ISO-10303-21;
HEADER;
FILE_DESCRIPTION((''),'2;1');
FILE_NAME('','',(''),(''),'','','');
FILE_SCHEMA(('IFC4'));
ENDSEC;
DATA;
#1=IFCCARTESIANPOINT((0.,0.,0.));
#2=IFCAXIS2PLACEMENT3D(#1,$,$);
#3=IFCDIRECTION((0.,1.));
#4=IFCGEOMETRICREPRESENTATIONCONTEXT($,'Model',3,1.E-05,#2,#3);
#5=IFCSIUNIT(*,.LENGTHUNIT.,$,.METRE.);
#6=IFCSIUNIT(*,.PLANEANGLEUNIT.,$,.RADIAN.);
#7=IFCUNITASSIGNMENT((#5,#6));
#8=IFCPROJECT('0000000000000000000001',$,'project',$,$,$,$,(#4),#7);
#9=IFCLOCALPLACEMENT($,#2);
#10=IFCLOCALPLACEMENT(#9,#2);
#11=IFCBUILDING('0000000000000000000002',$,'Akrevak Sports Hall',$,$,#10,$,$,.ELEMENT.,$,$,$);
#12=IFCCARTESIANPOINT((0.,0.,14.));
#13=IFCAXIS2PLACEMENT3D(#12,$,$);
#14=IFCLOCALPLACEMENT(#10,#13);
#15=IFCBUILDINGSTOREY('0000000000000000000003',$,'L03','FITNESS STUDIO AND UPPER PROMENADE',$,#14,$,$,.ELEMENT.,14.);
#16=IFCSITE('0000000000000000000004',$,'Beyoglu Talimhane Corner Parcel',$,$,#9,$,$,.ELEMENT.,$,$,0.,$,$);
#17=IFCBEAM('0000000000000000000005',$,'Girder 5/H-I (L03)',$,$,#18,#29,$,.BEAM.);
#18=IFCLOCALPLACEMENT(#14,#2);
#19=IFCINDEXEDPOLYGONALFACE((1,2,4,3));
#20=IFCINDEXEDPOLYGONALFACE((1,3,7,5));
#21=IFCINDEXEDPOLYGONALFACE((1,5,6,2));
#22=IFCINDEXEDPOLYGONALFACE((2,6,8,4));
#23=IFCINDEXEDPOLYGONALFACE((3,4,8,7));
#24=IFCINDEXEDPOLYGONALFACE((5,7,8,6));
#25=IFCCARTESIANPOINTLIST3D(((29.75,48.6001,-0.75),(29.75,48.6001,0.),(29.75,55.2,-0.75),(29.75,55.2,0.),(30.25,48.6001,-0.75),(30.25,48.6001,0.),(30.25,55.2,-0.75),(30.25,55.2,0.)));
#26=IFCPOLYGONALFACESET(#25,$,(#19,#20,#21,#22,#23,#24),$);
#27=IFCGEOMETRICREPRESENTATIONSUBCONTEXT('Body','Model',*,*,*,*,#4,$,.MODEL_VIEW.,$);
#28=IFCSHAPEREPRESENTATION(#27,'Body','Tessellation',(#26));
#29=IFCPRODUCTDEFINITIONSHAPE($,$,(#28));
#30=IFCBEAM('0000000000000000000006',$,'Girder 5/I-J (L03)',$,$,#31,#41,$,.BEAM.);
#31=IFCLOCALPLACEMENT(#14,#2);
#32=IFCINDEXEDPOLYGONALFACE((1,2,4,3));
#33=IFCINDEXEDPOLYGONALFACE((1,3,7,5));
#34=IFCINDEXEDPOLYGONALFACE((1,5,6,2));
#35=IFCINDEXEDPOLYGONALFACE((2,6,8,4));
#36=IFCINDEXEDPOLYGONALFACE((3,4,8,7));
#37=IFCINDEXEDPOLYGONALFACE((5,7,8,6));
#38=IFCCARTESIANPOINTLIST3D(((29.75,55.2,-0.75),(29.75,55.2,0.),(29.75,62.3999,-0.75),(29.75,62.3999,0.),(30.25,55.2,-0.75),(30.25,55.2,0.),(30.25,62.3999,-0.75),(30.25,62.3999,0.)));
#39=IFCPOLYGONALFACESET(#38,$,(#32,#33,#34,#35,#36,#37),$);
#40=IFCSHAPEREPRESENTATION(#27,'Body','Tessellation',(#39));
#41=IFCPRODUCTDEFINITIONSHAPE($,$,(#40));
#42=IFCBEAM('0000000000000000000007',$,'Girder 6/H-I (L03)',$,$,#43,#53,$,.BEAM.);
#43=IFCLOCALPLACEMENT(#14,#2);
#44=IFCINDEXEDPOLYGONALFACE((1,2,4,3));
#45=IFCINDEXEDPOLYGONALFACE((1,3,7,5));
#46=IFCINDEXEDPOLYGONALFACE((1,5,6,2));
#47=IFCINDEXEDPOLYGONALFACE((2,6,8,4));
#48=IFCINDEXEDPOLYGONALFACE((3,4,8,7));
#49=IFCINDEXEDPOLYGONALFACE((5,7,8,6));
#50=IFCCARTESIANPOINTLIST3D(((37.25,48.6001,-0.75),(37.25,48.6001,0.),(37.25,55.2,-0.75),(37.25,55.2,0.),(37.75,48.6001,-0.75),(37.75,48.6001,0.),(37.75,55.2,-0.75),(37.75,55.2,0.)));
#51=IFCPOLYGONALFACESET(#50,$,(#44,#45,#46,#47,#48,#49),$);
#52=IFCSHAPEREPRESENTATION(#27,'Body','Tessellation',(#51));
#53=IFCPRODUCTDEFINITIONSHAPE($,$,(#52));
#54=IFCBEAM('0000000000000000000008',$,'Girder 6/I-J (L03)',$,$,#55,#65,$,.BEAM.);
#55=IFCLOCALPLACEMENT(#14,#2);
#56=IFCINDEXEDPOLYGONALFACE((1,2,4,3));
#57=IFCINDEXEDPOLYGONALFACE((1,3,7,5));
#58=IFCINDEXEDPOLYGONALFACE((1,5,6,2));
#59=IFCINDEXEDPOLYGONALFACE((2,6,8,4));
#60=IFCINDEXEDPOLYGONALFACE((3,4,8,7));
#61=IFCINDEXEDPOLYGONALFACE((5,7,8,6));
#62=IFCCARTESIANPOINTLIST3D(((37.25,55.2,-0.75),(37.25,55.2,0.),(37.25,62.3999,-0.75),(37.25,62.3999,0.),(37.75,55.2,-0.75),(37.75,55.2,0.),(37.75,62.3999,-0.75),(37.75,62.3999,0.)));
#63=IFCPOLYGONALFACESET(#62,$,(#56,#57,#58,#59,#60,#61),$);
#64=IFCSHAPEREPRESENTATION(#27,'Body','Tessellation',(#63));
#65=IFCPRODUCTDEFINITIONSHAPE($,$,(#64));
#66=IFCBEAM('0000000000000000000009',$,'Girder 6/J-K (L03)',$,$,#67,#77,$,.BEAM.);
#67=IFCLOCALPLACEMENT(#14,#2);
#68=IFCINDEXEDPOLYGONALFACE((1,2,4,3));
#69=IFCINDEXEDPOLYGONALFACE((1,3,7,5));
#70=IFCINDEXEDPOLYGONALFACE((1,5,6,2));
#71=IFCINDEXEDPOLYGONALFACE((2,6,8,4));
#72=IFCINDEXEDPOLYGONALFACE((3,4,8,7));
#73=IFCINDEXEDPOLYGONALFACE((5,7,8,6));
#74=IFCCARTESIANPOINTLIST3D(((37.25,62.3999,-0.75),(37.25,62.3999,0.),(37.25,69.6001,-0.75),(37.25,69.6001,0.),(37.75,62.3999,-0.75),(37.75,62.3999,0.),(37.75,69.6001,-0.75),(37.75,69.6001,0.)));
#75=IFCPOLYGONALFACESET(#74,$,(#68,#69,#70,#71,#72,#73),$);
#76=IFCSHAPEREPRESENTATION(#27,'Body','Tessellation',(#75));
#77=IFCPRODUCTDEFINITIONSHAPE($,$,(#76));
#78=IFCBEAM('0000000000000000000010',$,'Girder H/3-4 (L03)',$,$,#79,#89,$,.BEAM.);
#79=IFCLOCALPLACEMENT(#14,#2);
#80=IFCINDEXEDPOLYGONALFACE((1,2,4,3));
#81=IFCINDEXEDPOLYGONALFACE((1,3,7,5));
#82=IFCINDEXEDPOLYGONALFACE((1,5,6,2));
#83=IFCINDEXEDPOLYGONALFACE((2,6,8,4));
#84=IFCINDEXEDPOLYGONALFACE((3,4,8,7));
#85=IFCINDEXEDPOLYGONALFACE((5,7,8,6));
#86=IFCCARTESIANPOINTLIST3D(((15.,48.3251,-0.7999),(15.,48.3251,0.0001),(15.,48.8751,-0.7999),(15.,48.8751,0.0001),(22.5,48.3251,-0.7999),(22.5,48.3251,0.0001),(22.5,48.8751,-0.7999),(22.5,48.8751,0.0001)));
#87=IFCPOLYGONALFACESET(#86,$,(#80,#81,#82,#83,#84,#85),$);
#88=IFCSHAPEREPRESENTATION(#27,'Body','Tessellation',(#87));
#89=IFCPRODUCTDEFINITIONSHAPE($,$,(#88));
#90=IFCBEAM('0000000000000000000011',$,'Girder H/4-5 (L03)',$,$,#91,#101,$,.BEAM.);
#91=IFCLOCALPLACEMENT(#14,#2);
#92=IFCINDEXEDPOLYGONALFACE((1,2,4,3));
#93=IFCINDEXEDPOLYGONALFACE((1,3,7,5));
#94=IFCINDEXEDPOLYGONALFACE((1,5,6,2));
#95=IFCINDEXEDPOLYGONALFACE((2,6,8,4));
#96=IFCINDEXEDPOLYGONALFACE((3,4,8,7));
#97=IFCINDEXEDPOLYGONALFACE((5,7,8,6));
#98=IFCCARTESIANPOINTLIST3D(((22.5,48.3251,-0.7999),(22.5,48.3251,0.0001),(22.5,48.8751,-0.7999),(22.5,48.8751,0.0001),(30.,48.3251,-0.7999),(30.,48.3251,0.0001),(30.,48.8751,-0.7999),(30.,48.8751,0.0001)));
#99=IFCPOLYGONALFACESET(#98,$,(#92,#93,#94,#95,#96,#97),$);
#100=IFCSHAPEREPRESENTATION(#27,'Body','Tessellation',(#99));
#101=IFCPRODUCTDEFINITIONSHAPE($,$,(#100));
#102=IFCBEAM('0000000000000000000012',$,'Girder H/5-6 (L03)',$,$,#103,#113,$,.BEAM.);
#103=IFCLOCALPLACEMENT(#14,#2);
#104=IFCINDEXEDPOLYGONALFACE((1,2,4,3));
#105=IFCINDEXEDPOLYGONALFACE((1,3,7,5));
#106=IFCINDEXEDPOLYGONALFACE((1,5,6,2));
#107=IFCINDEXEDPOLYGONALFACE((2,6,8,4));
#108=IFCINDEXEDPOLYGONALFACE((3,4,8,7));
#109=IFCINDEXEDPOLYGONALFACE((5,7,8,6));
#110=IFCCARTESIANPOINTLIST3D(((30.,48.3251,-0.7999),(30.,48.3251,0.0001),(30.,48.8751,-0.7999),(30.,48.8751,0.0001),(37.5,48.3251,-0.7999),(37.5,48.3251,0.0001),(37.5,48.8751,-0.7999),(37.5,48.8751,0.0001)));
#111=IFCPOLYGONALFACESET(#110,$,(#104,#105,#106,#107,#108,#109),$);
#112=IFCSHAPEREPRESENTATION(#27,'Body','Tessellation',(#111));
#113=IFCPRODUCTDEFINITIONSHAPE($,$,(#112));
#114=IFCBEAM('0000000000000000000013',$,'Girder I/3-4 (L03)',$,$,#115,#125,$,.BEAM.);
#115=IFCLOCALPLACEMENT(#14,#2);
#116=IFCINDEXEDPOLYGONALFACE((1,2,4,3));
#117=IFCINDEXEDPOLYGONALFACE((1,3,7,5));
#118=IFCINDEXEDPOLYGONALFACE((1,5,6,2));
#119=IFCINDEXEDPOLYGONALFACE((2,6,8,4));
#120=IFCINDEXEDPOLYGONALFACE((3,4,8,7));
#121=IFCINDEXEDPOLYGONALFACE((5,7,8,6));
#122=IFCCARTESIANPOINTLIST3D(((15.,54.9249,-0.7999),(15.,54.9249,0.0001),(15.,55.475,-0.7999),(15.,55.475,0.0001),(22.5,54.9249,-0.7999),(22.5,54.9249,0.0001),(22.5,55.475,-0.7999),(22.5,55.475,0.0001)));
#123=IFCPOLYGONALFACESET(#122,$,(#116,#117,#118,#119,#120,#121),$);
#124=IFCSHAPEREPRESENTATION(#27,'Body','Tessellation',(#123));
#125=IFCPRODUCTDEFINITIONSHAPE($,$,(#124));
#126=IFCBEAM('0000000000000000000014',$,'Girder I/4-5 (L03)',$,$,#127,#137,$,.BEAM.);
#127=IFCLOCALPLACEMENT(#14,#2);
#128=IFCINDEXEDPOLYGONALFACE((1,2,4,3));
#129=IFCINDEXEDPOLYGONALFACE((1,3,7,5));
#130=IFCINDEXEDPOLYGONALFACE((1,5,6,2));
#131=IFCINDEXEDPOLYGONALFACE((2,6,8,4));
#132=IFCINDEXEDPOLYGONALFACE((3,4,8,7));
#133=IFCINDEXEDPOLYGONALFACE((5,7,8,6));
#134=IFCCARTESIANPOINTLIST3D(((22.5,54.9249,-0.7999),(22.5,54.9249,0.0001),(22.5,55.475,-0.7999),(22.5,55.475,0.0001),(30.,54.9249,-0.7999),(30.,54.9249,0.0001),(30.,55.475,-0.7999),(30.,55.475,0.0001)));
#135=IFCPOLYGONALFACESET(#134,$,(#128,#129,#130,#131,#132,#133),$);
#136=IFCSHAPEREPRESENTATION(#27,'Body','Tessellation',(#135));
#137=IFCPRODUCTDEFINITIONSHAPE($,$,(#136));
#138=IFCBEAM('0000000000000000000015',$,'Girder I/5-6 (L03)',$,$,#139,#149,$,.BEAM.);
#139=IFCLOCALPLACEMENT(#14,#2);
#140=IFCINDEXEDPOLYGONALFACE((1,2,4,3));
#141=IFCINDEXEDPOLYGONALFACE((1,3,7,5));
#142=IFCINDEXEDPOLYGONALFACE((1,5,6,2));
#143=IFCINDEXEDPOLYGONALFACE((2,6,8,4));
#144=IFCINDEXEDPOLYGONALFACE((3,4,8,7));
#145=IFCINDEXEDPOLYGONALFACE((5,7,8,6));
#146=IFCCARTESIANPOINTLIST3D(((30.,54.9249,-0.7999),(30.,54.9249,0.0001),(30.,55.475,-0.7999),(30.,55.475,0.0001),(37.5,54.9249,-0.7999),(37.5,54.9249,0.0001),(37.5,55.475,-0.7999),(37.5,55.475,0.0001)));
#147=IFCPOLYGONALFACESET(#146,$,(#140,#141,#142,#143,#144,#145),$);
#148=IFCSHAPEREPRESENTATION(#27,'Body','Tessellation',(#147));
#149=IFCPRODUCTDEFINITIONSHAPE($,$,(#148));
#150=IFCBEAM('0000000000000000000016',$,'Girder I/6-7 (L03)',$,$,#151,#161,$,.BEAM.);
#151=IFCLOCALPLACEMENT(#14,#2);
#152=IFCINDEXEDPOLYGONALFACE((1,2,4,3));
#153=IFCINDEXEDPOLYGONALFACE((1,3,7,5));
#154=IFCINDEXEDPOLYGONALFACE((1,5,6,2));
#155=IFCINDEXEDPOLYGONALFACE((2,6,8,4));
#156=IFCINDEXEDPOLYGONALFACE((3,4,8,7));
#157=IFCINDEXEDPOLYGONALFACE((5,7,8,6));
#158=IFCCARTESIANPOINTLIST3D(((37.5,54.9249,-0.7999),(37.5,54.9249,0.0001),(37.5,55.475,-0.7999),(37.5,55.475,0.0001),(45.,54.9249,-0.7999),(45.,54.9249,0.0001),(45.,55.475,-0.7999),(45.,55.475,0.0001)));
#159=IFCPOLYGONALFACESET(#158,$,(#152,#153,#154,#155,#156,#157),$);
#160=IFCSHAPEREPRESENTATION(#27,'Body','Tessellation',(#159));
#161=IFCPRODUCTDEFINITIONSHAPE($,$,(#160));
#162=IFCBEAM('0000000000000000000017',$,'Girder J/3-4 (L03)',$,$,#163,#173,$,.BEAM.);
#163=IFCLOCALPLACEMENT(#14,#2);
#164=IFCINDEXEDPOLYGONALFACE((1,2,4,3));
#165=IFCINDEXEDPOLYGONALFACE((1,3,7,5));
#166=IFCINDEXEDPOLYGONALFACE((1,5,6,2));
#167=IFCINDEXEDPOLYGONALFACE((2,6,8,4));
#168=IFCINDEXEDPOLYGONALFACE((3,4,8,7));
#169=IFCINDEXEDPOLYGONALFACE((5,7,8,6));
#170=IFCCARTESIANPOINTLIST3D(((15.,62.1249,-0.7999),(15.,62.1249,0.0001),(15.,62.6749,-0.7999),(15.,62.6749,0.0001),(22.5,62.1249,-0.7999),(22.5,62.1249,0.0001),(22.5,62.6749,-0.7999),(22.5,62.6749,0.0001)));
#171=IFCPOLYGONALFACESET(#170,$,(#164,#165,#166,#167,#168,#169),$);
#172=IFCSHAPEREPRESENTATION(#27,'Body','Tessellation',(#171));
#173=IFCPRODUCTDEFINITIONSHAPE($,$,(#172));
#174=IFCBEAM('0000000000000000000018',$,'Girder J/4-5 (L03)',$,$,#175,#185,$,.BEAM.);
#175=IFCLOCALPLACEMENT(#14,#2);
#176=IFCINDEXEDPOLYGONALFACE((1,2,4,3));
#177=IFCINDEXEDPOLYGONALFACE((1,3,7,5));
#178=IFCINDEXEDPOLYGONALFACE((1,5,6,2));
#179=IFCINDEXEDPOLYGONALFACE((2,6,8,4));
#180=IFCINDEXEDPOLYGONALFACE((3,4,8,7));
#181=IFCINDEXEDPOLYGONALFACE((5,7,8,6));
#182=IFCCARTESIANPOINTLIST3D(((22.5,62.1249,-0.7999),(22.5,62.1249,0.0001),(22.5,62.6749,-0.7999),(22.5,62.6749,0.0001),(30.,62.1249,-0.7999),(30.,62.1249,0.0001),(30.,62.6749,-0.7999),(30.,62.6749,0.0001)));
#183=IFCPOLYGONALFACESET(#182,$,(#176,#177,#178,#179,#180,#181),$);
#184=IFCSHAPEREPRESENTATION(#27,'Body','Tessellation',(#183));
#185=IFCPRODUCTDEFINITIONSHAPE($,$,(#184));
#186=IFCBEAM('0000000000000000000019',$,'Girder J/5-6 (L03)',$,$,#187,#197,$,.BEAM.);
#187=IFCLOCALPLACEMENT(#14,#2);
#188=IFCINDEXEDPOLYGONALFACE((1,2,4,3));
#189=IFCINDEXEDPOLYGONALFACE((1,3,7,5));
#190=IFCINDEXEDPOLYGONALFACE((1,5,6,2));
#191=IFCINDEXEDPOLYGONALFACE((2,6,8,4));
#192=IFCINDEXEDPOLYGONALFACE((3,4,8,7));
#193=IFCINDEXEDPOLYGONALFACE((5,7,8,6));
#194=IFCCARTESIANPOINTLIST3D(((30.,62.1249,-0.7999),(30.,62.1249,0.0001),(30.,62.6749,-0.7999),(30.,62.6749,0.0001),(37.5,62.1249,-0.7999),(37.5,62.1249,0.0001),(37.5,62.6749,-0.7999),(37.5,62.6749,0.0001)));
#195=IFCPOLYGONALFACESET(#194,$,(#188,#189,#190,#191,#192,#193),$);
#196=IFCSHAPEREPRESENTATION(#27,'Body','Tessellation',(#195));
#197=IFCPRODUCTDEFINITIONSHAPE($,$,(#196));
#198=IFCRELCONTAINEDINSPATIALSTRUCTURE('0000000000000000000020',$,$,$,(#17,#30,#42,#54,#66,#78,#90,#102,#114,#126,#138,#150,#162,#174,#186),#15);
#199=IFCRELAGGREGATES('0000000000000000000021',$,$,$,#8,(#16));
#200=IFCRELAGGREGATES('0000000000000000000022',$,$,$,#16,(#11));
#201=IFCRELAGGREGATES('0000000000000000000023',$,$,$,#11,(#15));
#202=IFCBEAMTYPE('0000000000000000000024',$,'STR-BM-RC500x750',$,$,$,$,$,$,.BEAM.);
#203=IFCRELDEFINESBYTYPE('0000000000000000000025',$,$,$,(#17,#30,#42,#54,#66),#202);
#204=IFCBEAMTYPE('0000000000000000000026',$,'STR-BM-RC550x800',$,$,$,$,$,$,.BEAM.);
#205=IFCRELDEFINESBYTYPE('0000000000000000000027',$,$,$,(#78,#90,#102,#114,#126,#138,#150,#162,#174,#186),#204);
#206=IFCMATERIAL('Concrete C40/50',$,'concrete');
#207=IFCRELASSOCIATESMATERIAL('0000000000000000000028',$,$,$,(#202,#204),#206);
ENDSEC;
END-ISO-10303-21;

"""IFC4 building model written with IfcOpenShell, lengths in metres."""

from ifc_helpers import new_model, si_unit, direction, frame, origin, origin_2d, place, context, subcontext, project, spatial, rectangle, extrude, material, material_profile, profile_set, type_object, element, save


model = new_model("IFC4")

# Units and contexts
model_context = context("Model", 3, precision=1e-05, world=origin(), true_north=direction((0.0, 1.0)))
body_context = subcontext(model_context, "Body", "Model", "MODEL_VIEW")
ifc_project = project(units=[si_unit("LENGTHUNIT", "METRE"), si_unit("PLANEANGLEUNIT", "RADIAN")], contexts=[model_context])

# Site, building, storey
site_placement = place(None, origin())
site = spatial("IfcSite", under=ifc_project, at=site_placement, Name="Beyoglu Talimhane Corner Parcel", CompositionType="ELEMENT", RefElevation=0.0)
building_placement = place(site_placement, origin())
building = spatial("IfcBuilding", under=site, at=building_placement, Name="Akrevak Sports Hall", CompositionType="ELEMENT")
storey_placement = place(building_placement, frame((0.0, 0.0, 14.0)))
storey = spatial("IfcBuildingStorey", under=building, at=storey_placement, Name="L03", Description="FITNESS STUDIO AND UPPER PROMENADE", CompositionType="ELEMENT", Elevation=14.0)

# Shared definitions
ifc_material_1 = material(Name="Concrete C40/50", Category="concrete")

# Beams
ifc_material_profile_1 = material_profile(ifc_material_1, rectangle(XDim=0.5, YDim=0.75, at=origin_2d()), Name="BM 500x750", Category="concrete")
ifc_profile_set_1 = profile_set([ifc_material_profile_1], Name="Concrete C40/50")
beam_type_1 = type_object("IfcBeamType", Name="STR-BM-RC500x750", PredefinedType="BEAM", material=ifc_profile_set_1)
for number, where, z_axis, x_axis, name in (
    (1, (30.0, 48.6001, -0.375), (0.0, 1.0, 0.0), (-1.0, 0.0, 0.0), "Girder 5/H-I (L03)"),
):
    element("IfcBeam", number, at=place(storey_placement, frame(where, z_axis=z_axis, x_axis=x_axis)), inside=storey, type_object=beam_type_1, Name=name, PredefinedType="BEAM", context=body_context, shape_type="SweptSolid", body=[
        extrude(rectangle(XDim=0.5, YDim=0.75, at=origin_2d()), origin(), (0.0, 0.0, 1.0), 6.5999),
    ])
beam_1_placement = place(storey_placement, frame((30.0, 55.2, -0.375), z_axis=(0.0, 1.0, 0.0), x_axis=(-1.0, 0.0, 0.0)))
element("IfcBeam", 2, at=beam_1_placement, inside=storey, type_object=beam_type_1, Name="Girder 5/I-J (L03)", PredefinedType="BEAM", context=body_context, shape_type="SweptSolid", body=[
    extrude(rectangle(XDim=0.5, YDim=0.75, at=origin_2d()), origin(), (0.0, 0.0, 1.0), 7.2),
])
beam_2_placement = place(storey_placement, frame((37.5, 48.6001, -0.375), z_axis=(0.0, 1.0, 0.0), x_axis=(-1.0, 0.0, 0.0)))
element("IfcBeam", 3, at=beam_2_placement, inside=storey, type_object=beam_type_1, Name="Girder 6/H-I (L03)", PredefinedType="BEAM", context=body_context, shape_type="SweptSolid", body=[
    extrude(rectangle(XDim=0.5, YDim=0.75, at=origin_2d()), origin(), (0.0, 0.0, 1.0), 6.5999),
])
beam_3_placement = place(storey_placement, frame((37.5, 55.2, -0.375), z_axis=(0.0, 1.0, 0.0), x_axis=(-1.0, 0.0, 0.0)))
element("IfcBeam", 4, at=beam_3_placement, inside=storey, type_object=beam_type_1, Name="Girder 6/I-J (L03)", PredefinedType="BEAM", context=body_context, shape_type="SweptSolid", body=[
    extrude(rectangle(XDim=0.5, YDim=0.75, at=origin_2d()), origin(), (0.0, 0.0, 1.0), 7.2),
])
beam_4_placement = place(storey_placement, frame((37.5, 62.3999, -0.375), z_axis=(0.0, 1.0, 0.0), x_axis=(-1.0, 0.0, 0.0)))
element("IfcBeam", 5, at=beam_4_placement, inside=storey, type_object=beam_type_1, Name="Girder 6/J-K (L03)", PredefinedType="BEAM", context=body_context, shape_type="SweptSolid", body=[
    extrude(rectangle(XDim=0.5, YDim=0.75, at=origin_2d()), origin(), (0.0, 0.0, 1.0), 7.2002),
])
ifc_material_profile_2 = material_profile(ifc_material_1, rectangle(XDim=0.55, YDim=0.8, at=origin_2d()), Name="BM 550x800", Category="concrete")
ifc_profile_set_2 = profile_set([ifc_material_profile_2], Name="Concrete C40/50")
beam_type_2 = type_object("IfcBeamType", Name="STR-BM-RC550x800", PredefinedType="BEAM", material=ifc_profile_set_2)
for number, where, z_axis, x_axis, name in (
    (6, (15.0, 48.6001, -0.3999), (1.0, 0.0, 0.0), (0.0, 1.0, 0.0), "Girder H/3-4 (L03)"),
    (7, (22.5, 48.6001, -0.3999), (1.0, 0.0, 0.0), (0.0, 1.0, 0.0), "Girder H/4-5 (L03)"),
    (8, (30.0, 48.6001, -0.3999), (1.0, 0.0, 0.0), (0.0, 1.0, 0.0), "Girder H/5-6 (L03)"),
    (9, (15.0, 55.2, -0.3999), (1.0, 0.0, 0.0), (0.0, 1.0, 0.0), "Girder I/3-4 (L03)"),
    (10, (22.5, 55.2, -0.3999), (1.0, 0.0, 0.0), (0.0, 1.0, 0.0), "Girder I/4-5 (L03)"),
    (11, (30.0, 55.2, -0.3999), (1.0, 0.0, 0.0), (0.0, 1.0, 0.0), "Girder I/5-6 (L03)"),
    (12, (37.5, 55.2, -0.3999), (1.0, 0.0, 0.0), (0.0, 1.0, 0.0), "Girder I/6-7 (L03)"),
    (13, (15.0, 62.3999, -0.3999), (1.0, 0.0, 0.0), (0.0, 1.0, 0.0), "Girder J/3-4 (L03)"),
    (14, (22.5, 62.3999, -0.3999), (1.0, 0.0, 0.0), (0.0, 1.0, 0.0), "Girder J/4-5 (L03)"),
    (15, (30.0, 62.3999, -0.3999), (1.0, 0.0, 0.0), (0.0, 1.0, 0.0), "Girder J/5-6 (L03)"),
):
    element("IfcBeam", number, at=place(storey_placement, frame(where, z_axis=z_axis, x_axis=x_axis)), inside=storey, type_object=beam_type_2, Name=name, PredefinedType="BEAM", context=body_context, shape_type="SweptSolid", body=[
        extrude(rectangle(XDim=0.55, YDim=0.8, at=origin_2d()), origin(), (0.0, 0.0, 1.0), 7.5),
    ])

save(model, "model.ifc")
